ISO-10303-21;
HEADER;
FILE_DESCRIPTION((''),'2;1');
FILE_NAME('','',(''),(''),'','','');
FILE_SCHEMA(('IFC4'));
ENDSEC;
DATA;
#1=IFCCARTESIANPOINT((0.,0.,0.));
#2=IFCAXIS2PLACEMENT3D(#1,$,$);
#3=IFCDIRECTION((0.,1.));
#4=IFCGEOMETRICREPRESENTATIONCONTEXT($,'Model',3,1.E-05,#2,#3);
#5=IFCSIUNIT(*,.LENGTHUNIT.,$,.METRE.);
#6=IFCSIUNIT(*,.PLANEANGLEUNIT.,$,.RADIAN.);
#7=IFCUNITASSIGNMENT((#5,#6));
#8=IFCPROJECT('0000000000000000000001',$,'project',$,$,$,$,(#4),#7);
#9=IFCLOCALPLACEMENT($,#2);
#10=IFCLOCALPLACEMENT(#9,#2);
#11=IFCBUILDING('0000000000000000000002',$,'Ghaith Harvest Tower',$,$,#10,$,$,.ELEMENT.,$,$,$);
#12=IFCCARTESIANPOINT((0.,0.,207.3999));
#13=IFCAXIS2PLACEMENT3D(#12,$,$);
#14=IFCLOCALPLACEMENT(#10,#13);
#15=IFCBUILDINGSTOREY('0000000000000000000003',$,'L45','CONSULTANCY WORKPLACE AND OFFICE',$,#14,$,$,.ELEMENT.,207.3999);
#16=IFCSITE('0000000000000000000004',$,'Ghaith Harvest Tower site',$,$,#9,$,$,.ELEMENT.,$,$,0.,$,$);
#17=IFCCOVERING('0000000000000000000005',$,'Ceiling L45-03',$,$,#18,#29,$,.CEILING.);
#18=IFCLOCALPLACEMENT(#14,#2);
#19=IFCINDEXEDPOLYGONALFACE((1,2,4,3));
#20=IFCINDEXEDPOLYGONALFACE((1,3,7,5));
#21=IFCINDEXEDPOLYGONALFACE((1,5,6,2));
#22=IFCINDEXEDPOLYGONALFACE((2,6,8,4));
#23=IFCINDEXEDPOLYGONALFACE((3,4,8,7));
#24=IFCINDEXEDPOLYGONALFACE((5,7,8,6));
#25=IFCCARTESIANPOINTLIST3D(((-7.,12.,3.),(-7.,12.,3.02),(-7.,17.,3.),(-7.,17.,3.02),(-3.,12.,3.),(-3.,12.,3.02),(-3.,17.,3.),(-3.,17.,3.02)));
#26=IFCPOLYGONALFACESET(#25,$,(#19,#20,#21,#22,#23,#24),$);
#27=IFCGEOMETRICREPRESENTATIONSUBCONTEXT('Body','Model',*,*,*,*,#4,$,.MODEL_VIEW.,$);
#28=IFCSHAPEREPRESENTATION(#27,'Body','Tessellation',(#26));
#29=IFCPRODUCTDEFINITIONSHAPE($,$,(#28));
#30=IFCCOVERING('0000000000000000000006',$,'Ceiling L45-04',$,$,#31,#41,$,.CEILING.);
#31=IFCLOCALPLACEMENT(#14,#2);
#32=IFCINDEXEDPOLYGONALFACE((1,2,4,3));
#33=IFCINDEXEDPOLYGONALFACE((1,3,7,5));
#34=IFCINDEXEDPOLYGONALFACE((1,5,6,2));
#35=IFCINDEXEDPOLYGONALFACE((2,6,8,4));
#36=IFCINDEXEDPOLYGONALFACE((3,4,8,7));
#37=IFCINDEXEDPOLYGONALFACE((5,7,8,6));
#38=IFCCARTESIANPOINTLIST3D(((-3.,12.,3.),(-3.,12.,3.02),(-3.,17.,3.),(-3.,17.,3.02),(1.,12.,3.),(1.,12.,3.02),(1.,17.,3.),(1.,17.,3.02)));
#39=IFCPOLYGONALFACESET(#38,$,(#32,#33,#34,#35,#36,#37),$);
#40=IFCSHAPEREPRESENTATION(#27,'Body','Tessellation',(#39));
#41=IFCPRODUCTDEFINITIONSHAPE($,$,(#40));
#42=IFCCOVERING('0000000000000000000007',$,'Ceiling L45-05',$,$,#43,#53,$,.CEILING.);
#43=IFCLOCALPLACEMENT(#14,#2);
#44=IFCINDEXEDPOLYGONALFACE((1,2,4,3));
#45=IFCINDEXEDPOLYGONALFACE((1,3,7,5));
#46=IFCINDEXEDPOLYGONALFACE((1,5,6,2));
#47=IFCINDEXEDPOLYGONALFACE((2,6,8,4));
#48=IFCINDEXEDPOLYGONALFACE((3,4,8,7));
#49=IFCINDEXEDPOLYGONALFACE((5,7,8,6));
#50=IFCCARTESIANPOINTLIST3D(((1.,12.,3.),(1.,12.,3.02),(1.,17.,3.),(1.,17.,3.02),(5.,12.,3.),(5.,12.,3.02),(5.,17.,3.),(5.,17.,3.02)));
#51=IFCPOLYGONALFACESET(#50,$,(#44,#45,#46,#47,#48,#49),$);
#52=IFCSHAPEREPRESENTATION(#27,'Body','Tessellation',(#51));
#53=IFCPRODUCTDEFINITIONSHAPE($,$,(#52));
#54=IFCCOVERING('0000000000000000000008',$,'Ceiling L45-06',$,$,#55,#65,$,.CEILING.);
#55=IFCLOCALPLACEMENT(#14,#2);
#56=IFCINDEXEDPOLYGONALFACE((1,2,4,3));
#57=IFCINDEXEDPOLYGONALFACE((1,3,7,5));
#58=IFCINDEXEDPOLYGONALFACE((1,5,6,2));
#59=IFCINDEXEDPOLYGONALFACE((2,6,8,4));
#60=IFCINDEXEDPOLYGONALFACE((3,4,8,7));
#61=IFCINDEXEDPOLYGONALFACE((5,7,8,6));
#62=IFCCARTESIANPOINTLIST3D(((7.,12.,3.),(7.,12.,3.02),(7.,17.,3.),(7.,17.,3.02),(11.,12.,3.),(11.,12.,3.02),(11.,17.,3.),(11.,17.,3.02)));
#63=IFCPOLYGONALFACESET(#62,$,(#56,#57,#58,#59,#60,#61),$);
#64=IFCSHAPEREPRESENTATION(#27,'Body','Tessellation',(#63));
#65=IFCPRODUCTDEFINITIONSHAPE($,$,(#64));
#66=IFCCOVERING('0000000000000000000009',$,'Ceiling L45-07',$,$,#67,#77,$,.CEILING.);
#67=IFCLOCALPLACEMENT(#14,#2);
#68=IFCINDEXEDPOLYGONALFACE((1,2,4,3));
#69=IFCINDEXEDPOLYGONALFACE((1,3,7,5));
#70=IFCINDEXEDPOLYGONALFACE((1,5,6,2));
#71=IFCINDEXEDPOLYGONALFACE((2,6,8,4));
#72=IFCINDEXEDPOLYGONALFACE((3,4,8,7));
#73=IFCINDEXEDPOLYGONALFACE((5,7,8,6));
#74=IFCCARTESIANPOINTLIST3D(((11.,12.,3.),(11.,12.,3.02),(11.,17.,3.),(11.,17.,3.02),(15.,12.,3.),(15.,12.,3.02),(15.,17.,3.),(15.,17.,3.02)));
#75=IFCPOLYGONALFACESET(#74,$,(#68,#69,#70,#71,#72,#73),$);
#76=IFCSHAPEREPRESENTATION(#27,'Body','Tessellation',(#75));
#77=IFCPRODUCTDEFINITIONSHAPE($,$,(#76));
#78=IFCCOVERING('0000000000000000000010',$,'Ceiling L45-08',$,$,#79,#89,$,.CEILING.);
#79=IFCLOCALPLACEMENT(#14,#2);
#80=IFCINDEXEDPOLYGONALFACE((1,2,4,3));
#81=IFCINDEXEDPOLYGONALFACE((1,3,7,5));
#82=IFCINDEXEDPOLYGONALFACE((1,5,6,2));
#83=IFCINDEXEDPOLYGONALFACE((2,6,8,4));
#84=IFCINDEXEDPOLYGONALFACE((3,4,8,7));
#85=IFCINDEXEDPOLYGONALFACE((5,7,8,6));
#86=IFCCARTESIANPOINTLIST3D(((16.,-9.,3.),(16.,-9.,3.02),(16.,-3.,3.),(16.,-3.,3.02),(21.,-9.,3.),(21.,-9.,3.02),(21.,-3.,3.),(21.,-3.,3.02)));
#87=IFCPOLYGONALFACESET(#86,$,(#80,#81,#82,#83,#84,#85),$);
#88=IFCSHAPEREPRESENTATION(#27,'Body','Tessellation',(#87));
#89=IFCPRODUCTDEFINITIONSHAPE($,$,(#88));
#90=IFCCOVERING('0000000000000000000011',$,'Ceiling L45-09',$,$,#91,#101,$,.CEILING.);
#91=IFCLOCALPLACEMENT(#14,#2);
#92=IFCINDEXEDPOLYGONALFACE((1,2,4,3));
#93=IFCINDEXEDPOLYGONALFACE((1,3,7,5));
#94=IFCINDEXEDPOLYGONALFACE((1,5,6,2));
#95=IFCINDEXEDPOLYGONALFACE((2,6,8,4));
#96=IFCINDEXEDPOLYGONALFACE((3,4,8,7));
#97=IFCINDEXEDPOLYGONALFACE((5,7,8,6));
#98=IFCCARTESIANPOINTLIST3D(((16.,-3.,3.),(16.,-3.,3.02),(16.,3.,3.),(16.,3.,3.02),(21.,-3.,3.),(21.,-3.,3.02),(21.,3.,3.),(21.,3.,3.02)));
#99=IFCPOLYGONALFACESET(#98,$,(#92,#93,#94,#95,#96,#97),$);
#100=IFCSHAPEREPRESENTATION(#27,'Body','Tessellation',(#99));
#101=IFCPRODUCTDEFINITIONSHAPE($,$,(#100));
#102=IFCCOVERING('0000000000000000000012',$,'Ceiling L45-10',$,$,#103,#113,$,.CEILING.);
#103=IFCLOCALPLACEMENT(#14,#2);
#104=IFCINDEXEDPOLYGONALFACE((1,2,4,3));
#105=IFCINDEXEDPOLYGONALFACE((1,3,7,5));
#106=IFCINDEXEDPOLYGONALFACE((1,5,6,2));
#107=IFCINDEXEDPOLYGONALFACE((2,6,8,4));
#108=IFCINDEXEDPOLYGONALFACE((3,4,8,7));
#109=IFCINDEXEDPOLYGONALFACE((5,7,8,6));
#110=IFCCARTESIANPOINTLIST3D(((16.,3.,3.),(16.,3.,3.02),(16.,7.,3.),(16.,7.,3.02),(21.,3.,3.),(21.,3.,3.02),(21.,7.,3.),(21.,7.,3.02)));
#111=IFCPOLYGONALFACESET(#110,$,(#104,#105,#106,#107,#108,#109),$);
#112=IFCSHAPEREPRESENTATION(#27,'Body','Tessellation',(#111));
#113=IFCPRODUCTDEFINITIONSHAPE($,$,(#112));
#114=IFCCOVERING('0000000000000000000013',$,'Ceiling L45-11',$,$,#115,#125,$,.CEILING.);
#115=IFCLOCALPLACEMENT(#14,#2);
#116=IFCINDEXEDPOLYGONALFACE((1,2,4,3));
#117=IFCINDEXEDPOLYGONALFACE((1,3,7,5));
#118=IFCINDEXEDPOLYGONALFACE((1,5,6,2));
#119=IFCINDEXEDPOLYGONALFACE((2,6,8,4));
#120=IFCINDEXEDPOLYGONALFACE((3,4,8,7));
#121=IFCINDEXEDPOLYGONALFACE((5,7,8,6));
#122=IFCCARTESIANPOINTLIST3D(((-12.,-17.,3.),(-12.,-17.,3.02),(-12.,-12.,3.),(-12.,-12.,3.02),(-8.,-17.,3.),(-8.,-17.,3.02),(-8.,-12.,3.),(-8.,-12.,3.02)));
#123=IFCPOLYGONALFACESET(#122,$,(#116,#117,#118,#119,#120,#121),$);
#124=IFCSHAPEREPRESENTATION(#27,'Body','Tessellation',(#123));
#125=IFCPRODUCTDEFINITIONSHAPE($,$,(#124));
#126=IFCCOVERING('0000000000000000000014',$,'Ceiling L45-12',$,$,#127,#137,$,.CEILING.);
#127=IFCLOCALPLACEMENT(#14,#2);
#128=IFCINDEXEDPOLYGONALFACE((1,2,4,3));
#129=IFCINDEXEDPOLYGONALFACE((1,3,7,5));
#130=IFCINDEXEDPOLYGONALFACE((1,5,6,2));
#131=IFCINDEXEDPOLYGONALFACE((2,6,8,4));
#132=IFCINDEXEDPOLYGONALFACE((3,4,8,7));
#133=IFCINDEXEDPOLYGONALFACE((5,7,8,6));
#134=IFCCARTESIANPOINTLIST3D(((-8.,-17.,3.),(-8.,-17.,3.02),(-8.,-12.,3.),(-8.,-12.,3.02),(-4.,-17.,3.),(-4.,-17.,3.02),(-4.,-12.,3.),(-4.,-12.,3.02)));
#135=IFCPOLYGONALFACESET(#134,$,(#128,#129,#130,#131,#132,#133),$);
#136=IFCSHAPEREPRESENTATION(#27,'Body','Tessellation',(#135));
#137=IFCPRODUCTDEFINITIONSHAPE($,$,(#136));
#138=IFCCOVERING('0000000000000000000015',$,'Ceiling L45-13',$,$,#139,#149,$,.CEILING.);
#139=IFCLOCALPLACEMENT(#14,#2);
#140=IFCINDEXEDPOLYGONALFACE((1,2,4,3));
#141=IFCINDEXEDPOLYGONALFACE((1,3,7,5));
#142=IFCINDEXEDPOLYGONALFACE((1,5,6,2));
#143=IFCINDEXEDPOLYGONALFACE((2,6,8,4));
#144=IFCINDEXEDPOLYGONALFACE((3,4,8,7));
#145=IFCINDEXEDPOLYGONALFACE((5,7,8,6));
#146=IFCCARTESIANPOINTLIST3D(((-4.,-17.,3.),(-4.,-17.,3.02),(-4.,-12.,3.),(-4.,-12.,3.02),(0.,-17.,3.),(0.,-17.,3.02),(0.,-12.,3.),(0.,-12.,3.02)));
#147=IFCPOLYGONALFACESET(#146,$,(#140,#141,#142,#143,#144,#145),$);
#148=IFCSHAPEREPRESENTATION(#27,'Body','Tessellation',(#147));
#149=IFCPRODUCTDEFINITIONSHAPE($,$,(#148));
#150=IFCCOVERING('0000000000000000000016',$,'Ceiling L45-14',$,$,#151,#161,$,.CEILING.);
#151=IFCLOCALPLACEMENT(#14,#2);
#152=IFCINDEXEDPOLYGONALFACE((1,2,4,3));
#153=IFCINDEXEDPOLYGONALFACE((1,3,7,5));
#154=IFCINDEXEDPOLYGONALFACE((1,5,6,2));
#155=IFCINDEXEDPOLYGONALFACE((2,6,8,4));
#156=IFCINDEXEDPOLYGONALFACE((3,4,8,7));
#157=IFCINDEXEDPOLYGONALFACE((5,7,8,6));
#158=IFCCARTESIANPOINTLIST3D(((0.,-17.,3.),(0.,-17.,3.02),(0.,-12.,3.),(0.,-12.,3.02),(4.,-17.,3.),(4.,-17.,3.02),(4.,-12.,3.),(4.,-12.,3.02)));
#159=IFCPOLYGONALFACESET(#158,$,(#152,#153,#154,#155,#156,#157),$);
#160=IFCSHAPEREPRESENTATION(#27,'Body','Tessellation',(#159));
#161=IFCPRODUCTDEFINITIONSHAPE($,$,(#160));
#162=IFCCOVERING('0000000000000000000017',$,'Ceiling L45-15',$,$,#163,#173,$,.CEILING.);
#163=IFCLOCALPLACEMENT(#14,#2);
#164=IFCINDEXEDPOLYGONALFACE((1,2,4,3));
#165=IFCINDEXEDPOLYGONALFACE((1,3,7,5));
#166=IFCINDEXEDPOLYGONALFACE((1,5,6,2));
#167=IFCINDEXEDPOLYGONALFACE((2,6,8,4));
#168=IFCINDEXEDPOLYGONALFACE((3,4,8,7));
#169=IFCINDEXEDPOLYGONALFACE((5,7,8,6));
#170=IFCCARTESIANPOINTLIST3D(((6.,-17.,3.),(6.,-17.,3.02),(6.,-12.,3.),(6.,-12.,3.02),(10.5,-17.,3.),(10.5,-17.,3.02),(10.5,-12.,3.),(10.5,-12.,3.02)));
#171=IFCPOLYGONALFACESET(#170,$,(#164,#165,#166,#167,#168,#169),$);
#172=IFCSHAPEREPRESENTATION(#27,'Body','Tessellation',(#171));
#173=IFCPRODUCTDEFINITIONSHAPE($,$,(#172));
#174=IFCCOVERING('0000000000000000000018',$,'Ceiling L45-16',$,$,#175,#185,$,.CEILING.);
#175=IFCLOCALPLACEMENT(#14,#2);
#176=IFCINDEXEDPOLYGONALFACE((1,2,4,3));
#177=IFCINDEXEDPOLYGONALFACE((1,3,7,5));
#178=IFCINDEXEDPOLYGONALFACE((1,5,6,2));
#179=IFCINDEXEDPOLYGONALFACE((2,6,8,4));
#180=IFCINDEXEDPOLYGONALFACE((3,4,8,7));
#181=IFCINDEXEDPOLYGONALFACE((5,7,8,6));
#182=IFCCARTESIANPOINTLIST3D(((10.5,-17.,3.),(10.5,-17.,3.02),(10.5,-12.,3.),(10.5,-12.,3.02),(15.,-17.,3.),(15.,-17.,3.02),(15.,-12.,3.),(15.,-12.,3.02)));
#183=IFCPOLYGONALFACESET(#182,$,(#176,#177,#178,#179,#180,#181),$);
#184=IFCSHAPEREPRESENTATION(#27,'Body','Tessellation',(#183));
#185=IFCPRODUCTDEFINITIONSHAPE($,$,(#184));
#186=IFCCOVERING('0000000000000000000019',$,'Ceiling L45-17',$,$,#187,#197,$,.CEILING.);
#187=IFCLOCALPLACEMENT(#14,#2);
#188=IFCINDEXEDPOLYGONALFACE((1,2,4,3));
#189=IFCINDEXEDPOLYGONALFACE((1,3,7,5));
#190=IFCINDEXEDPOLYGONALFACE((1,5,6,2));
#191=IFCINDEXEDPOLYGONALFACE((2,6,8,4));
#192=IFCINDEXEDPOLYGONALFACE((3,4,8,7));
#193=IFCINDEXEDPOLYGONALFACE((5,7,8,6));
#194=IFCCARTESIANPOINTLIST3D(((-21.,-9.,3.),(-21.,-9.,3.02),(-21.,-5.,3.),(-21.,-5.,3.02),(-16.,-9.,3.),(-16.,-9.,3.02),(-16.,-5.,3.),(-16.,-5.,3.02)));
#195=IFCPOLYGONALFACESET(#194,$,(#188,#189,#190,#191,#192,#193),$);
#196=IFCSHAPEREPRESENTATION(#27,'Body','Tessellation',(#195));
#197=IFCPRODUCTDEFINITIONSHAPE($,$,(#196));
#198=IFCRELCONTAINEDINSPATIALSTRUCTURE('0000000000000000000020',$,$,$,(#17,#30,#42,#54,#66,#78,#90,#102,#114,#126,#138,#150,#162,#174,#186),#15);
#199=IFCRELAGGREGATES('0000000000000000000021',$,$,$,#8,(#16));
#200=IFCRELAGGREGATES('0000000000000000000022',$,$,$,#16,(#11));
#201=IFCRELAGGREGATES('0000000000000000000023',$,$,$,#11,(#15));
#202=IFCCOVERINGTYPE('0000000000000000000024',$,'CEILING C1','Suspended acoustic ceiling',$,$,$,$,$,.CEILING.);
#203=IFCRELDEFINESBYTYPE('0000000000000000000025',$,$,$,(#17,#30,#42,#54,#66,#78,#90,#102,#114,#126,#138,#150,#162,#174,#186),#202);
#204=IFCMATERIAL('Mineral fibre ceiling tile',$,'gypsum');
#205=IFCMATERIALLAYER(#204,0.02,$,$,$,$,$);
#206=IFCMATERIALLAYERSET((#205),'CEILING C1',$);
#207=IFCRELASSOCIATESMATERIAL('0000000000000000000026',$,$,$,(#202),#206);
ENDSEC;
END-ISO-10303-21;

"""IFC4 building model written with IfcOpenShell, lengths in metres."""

from ifc_helpers import new_model, si_unit, direction, frame, origin, place, context, subcontext, project, spatial, polyline, outline, extrude, material, layer, layer_set, type_object, element, save


model = new_model("IFC4")

# Units and contexts
model_context = context("Model", 3, precision=1e-05, world=origin(), true_north=direction((0.0, 1.0)))
body_context = subcontext(model_context, "Body", "Model", "MODEL_VIEW")
ifc_project = project(units=[si_unit("LENGTHUNIT", "METRE"), si_unit("PLANEANGLEUNIT", "RADIAN")], contexts=[model_context])

# Site, building, storey
site_placement = place(None, origin())
site = spatial("IfcSite", under=ifc_project, at=site_placement, Name="Ghaith Harvest Tower site", CompositionType="ELEMENT", RefElevation=0.0)
building_placement = place(site_placement, origin())
building = spatial("IfcBuilding", under=site, at=building_placement, Name="Ghaith Harvest Tower", CompositionType="ELEMENT")
storey_placement = place(building_placement, frame((0.0, 0.0, 207.3999)))
storey = spatial("IfcBuildingStorey", under=building, at=storey_placement, Name="L45", Description="CONSULTANCY WORKPLACE AND OFFICE", CompositionType="ELEMENT", Elevation=207.3999)

# Coverings
ifc_material_1 = material(Name="Mineral fibre ceiling tile", Category="gypsum")
ifc_layer_1 = layer(ifc_material_1, 0.02)
ifc_layer_set_1 = layer_set([ifc_layer_1], Name="CEILING C1")
covering_type = type_object("IfcCoveringType", Name="CEILING C1", Description="Suspended acoustic ceiling", PredefinedType="CEILING", material=ifc_layer_set_1)
covering_1_placement = place(storey_placement, frame((0.0, 0.0, 3.0)))
element("IfcCovering", 1, at=covering_1_placement, inside=storey, type_object=covering_type, Name="Ceiling L45-03", PredefinedType="CEILING", context=body_context, shape_type="SweptSolid", body=[
    extrude(outline(polyline([(-7.0, 12.0), (-3.0, 12.0), (-3.0, 17.0), (-7.0, 17.0), (-7.0, 12.0)])), origin(), (0.0, 0.0, 1.0), 0.02),
])
covering_2_placement = place(storey_placement, frame((0.0, 0.0, 3.0)))
element("IfcCovering", 2, at=covering_2_placement, inside=storey, type_object=covering_type, Name="Ceiling L45-04", PredefinedType="CEILING", context=body_context, shape_type="SweptSolid", body=[
    extrude(outline(polyline([(-3.0, 12.0), (1.0, 12.0), (1.0, 17.0), (-3.0, 17.0), (-3.0, 12.0)])), origin(), (0.0, 0.0, 1.0), 0.02),
])
covering_3_placement = place(storey_placement, frame((0.0, 0.0, 3.0)))
element("IfcCovering", 3, at=covering_3_placement, inside=storey, type_object=covering_type, Name="Ceiling L45-05", PredefinedType="CEILING", context=body_context, shape_type="SweptSolid", body=[
    extrude(outline(polyline([(1.0, 12.0), (5.0, 12.0), (5.0, 17.0), (1.0, 17.0), (1.0, 12.0)])), origin(), (0.0, 0.0, 1.0), 0.02),
])
covering_4_placement = place(storey_placement, frame((0.0, 0.0, 3.0)))
element("IfcCovering", 4, at=covering_4_placement, inside=storey, type_object=covering_type, Name="Ceiling L45-06", PredefinedType="CEILING", context=body_context, shape_type="SweptSolid", body=[
    extrude(outline(polyline([(7.0, 12.0), (11.0, 12.0), (11.0, 17.0), (7.0, 17.0), (7.0, 12.0)])), origin(), (0.0, 0.0, 1.0), 0.02),
])
covering_5_placement = place(storey_placement, frame((0.0, 0.0, 3.0)))
element("IfcCovering", 5, at=covering_5_placement, inside=storey, type_object=covering_type, Name="Ceiling L45-07", PredefinedType="CEILING", context=body_context, shape_type="SweptSolid", body=[
    extrude(outline(polyline([(11.0, 12.0), (15.0, 12.0), (15.0, 17.0), (11.0, 17.0), (11.0, 12.0)])), origin(), (0.0, 0.0, 1.0), 0.02),
])
covering_6_placement = place(storey_placement, frame((0.0, 0.0, 3.0)))
element("IfcCovering", 6, at=covering_6_placement, inside=storey, type_object=covering_type, Name="Ceiling L45-08", PredefinedType="CEILING", context=body_context, shape_type="SweptSolid", body=[
    extrude(outline(polyline([(16.0, -9.0), (21.0, -9.0), (21.0, -3.0), (16.0, -3.0), (16.0, -9.0)])), origin(), (0.0, 0.0, 1.0), 0.02),
])
covering_7_placement = place(storey_placement, frame((0.0, 0.0, 3.0)))
element("IfcCovering", 7, at=covering_7_placement, inside=storey, type_object=covering_type, Name="Ceiling L45-09", PredefinedType="CEILING", context=body_context, shape_type="SweptSolid", body=[
    extrude(outline(polyline([(16.0, -3.0), (21.0, -3.0), (21.0, 3.0), (16.0, 3.0), (16.0, -3.0)])), origin(), (0.0, 0.0, 1.0), 0.02),
])
covering_8_placement = place(storey_placement, frame((0.0, 0.0, 3.0)))
element("IfcCovering", 8, at=covering_8_placement, inside=storey, type_object=covering_type, Name="Ceiling L45-10", PredefinedType="CEILING", context=body_context, shape_type="SweptSolid", body=[
    extrude(outline(polyline([(16.0, 3.0), (21.0, 3.0), (21.0, 7.0), (16.0, 7.0), (16.0, 3.0)])), origin(), (0.0, 0.0, 1.0), 0.02),
])
covering_9_placement = place(storey_placement, frame((0.0, 0.0, 3.0)))
element("IfcCovering", 9, at=covering_9_placement, inside=storey, type_object=covering_type, Name="Ceiling L45-11", PredefinedType="CEILING", context=body_context, shape_type="SweptSolid", body=[
    extrude(outline(polyline([(-12.0, -17.0), (-8.0, -17.0), (-8.0, -12.0), (-12.0, -12.0), (-12.0, -17.0)])), origin(), (0.0, 0.0, 1.0), 0.02),
])
covering_10_placement = place(storey_placement, frame((0.0, 0.0, 3.0)))
element("IfcCovering", 10, at=covering_10_placement, inside=storey, type_object=covering_type, Name="Ceiling L45-12", PredefinedType="CEILING", context=body_context, shape_type="SweptSolid", body=[
    extrude(outline(polyline([(-8.0, -17.0), (-4.0, -17.0), (-4.0, -12.0), (-8.0, -12.0), (-8.0, -17.0)])), origin(), (0.0, 0.0, 1.0), 0.02),
])
covering_11_placement = place(storey_placement, frame((0.0, 0.0, 3.0)))
element("IfcCovering", 11, at=covering_11_placement, inside=storey, type_object=covering_type, Name="Ceiling L45-13", PredefinedType="CEILING", context=body_context, shape_type="SweptSolid", body=[
    extrude(outline(polyline([(-4.0, -17.0), (0.0, -17.0), (0.0, -12.0), (-4.0, -12.0), (-4.0, -17.0)])), origin(), (0.0, 0.0, 1.0), 0.02),
])
covering_12_placement = place(storey_placement, frame((0.0, 0.0, 3.0)))
element("IfcCovering", 12, at=covering_12_placement, inside=storey, type_object=covering_type, Name="Ceiling L45-14", PredefinedType="CEILING", context=body_context, shape_type="SweptSolid", body=[
    extrude(outline(polyline([(0.0, -17.0), (4.0, -17.0), (4.0, -12.0), (0.0, -12.0), (0.0, -17.0)])), origin(), (0.0, 0.0, 1.0), 0.02),
])
covering_13_placement = place(storey_placement, frame((0.0, 0.0, 3.0)))
element("IfcCovering", 13, at=covering_13_placement, inside=storey, type_object=covering_type, Name="Ceiling L45-15", PredefinedType="CEILING", context=body_context, shape_type="SweptSolid", body=[
    extrude(outline(polyline([(6.0, -17.0), (10.5, -17.0), (10.5, -12.0), (6.0, -12.0), (6.0, -17.0)])), origin(), (0.0, 0.0, 1.0), 0.02),
])
covering_14_placement = place(storey_placement, frame((0.0, 0.0, 3.0)))
element("IfcCovering", 14, at=covering_14_placement, inside=storey, type_object=covering_type, Name="Ceiling L45-16", PredefinedType="CEILING", context=body_context, shape_type="SweptSolid", body=[
    extrude(outline(polyline([(10.5, -17.0), (15.0, -17.0), (15.0, -12.0), (10.5, -12.0), (10.5, -17.0)])), origin(), (0.0, 0.0, 1.0), 0.02),
])
covering_15_placement = place(storey_placement, frame((0.0, 0.0, 3.0)))
element("IfcCovering", 15, at=covering_15_placement, inside=storey, type_object=covering_type, Name="Ceiling L45-17", PredefinedType="CEILING", context=body_context, shape_type="SweptSolid", body=[
    extrude(outline(polyline([(-21.0, -9.0), (-16.0, -9.0), (-16.0, -5.0), (-21.0, -5.0), (-21.0, -9.0)])), origin(), (0.0, 0.0, 1.0), 0.02),
])

save(model, "model.ifc")
